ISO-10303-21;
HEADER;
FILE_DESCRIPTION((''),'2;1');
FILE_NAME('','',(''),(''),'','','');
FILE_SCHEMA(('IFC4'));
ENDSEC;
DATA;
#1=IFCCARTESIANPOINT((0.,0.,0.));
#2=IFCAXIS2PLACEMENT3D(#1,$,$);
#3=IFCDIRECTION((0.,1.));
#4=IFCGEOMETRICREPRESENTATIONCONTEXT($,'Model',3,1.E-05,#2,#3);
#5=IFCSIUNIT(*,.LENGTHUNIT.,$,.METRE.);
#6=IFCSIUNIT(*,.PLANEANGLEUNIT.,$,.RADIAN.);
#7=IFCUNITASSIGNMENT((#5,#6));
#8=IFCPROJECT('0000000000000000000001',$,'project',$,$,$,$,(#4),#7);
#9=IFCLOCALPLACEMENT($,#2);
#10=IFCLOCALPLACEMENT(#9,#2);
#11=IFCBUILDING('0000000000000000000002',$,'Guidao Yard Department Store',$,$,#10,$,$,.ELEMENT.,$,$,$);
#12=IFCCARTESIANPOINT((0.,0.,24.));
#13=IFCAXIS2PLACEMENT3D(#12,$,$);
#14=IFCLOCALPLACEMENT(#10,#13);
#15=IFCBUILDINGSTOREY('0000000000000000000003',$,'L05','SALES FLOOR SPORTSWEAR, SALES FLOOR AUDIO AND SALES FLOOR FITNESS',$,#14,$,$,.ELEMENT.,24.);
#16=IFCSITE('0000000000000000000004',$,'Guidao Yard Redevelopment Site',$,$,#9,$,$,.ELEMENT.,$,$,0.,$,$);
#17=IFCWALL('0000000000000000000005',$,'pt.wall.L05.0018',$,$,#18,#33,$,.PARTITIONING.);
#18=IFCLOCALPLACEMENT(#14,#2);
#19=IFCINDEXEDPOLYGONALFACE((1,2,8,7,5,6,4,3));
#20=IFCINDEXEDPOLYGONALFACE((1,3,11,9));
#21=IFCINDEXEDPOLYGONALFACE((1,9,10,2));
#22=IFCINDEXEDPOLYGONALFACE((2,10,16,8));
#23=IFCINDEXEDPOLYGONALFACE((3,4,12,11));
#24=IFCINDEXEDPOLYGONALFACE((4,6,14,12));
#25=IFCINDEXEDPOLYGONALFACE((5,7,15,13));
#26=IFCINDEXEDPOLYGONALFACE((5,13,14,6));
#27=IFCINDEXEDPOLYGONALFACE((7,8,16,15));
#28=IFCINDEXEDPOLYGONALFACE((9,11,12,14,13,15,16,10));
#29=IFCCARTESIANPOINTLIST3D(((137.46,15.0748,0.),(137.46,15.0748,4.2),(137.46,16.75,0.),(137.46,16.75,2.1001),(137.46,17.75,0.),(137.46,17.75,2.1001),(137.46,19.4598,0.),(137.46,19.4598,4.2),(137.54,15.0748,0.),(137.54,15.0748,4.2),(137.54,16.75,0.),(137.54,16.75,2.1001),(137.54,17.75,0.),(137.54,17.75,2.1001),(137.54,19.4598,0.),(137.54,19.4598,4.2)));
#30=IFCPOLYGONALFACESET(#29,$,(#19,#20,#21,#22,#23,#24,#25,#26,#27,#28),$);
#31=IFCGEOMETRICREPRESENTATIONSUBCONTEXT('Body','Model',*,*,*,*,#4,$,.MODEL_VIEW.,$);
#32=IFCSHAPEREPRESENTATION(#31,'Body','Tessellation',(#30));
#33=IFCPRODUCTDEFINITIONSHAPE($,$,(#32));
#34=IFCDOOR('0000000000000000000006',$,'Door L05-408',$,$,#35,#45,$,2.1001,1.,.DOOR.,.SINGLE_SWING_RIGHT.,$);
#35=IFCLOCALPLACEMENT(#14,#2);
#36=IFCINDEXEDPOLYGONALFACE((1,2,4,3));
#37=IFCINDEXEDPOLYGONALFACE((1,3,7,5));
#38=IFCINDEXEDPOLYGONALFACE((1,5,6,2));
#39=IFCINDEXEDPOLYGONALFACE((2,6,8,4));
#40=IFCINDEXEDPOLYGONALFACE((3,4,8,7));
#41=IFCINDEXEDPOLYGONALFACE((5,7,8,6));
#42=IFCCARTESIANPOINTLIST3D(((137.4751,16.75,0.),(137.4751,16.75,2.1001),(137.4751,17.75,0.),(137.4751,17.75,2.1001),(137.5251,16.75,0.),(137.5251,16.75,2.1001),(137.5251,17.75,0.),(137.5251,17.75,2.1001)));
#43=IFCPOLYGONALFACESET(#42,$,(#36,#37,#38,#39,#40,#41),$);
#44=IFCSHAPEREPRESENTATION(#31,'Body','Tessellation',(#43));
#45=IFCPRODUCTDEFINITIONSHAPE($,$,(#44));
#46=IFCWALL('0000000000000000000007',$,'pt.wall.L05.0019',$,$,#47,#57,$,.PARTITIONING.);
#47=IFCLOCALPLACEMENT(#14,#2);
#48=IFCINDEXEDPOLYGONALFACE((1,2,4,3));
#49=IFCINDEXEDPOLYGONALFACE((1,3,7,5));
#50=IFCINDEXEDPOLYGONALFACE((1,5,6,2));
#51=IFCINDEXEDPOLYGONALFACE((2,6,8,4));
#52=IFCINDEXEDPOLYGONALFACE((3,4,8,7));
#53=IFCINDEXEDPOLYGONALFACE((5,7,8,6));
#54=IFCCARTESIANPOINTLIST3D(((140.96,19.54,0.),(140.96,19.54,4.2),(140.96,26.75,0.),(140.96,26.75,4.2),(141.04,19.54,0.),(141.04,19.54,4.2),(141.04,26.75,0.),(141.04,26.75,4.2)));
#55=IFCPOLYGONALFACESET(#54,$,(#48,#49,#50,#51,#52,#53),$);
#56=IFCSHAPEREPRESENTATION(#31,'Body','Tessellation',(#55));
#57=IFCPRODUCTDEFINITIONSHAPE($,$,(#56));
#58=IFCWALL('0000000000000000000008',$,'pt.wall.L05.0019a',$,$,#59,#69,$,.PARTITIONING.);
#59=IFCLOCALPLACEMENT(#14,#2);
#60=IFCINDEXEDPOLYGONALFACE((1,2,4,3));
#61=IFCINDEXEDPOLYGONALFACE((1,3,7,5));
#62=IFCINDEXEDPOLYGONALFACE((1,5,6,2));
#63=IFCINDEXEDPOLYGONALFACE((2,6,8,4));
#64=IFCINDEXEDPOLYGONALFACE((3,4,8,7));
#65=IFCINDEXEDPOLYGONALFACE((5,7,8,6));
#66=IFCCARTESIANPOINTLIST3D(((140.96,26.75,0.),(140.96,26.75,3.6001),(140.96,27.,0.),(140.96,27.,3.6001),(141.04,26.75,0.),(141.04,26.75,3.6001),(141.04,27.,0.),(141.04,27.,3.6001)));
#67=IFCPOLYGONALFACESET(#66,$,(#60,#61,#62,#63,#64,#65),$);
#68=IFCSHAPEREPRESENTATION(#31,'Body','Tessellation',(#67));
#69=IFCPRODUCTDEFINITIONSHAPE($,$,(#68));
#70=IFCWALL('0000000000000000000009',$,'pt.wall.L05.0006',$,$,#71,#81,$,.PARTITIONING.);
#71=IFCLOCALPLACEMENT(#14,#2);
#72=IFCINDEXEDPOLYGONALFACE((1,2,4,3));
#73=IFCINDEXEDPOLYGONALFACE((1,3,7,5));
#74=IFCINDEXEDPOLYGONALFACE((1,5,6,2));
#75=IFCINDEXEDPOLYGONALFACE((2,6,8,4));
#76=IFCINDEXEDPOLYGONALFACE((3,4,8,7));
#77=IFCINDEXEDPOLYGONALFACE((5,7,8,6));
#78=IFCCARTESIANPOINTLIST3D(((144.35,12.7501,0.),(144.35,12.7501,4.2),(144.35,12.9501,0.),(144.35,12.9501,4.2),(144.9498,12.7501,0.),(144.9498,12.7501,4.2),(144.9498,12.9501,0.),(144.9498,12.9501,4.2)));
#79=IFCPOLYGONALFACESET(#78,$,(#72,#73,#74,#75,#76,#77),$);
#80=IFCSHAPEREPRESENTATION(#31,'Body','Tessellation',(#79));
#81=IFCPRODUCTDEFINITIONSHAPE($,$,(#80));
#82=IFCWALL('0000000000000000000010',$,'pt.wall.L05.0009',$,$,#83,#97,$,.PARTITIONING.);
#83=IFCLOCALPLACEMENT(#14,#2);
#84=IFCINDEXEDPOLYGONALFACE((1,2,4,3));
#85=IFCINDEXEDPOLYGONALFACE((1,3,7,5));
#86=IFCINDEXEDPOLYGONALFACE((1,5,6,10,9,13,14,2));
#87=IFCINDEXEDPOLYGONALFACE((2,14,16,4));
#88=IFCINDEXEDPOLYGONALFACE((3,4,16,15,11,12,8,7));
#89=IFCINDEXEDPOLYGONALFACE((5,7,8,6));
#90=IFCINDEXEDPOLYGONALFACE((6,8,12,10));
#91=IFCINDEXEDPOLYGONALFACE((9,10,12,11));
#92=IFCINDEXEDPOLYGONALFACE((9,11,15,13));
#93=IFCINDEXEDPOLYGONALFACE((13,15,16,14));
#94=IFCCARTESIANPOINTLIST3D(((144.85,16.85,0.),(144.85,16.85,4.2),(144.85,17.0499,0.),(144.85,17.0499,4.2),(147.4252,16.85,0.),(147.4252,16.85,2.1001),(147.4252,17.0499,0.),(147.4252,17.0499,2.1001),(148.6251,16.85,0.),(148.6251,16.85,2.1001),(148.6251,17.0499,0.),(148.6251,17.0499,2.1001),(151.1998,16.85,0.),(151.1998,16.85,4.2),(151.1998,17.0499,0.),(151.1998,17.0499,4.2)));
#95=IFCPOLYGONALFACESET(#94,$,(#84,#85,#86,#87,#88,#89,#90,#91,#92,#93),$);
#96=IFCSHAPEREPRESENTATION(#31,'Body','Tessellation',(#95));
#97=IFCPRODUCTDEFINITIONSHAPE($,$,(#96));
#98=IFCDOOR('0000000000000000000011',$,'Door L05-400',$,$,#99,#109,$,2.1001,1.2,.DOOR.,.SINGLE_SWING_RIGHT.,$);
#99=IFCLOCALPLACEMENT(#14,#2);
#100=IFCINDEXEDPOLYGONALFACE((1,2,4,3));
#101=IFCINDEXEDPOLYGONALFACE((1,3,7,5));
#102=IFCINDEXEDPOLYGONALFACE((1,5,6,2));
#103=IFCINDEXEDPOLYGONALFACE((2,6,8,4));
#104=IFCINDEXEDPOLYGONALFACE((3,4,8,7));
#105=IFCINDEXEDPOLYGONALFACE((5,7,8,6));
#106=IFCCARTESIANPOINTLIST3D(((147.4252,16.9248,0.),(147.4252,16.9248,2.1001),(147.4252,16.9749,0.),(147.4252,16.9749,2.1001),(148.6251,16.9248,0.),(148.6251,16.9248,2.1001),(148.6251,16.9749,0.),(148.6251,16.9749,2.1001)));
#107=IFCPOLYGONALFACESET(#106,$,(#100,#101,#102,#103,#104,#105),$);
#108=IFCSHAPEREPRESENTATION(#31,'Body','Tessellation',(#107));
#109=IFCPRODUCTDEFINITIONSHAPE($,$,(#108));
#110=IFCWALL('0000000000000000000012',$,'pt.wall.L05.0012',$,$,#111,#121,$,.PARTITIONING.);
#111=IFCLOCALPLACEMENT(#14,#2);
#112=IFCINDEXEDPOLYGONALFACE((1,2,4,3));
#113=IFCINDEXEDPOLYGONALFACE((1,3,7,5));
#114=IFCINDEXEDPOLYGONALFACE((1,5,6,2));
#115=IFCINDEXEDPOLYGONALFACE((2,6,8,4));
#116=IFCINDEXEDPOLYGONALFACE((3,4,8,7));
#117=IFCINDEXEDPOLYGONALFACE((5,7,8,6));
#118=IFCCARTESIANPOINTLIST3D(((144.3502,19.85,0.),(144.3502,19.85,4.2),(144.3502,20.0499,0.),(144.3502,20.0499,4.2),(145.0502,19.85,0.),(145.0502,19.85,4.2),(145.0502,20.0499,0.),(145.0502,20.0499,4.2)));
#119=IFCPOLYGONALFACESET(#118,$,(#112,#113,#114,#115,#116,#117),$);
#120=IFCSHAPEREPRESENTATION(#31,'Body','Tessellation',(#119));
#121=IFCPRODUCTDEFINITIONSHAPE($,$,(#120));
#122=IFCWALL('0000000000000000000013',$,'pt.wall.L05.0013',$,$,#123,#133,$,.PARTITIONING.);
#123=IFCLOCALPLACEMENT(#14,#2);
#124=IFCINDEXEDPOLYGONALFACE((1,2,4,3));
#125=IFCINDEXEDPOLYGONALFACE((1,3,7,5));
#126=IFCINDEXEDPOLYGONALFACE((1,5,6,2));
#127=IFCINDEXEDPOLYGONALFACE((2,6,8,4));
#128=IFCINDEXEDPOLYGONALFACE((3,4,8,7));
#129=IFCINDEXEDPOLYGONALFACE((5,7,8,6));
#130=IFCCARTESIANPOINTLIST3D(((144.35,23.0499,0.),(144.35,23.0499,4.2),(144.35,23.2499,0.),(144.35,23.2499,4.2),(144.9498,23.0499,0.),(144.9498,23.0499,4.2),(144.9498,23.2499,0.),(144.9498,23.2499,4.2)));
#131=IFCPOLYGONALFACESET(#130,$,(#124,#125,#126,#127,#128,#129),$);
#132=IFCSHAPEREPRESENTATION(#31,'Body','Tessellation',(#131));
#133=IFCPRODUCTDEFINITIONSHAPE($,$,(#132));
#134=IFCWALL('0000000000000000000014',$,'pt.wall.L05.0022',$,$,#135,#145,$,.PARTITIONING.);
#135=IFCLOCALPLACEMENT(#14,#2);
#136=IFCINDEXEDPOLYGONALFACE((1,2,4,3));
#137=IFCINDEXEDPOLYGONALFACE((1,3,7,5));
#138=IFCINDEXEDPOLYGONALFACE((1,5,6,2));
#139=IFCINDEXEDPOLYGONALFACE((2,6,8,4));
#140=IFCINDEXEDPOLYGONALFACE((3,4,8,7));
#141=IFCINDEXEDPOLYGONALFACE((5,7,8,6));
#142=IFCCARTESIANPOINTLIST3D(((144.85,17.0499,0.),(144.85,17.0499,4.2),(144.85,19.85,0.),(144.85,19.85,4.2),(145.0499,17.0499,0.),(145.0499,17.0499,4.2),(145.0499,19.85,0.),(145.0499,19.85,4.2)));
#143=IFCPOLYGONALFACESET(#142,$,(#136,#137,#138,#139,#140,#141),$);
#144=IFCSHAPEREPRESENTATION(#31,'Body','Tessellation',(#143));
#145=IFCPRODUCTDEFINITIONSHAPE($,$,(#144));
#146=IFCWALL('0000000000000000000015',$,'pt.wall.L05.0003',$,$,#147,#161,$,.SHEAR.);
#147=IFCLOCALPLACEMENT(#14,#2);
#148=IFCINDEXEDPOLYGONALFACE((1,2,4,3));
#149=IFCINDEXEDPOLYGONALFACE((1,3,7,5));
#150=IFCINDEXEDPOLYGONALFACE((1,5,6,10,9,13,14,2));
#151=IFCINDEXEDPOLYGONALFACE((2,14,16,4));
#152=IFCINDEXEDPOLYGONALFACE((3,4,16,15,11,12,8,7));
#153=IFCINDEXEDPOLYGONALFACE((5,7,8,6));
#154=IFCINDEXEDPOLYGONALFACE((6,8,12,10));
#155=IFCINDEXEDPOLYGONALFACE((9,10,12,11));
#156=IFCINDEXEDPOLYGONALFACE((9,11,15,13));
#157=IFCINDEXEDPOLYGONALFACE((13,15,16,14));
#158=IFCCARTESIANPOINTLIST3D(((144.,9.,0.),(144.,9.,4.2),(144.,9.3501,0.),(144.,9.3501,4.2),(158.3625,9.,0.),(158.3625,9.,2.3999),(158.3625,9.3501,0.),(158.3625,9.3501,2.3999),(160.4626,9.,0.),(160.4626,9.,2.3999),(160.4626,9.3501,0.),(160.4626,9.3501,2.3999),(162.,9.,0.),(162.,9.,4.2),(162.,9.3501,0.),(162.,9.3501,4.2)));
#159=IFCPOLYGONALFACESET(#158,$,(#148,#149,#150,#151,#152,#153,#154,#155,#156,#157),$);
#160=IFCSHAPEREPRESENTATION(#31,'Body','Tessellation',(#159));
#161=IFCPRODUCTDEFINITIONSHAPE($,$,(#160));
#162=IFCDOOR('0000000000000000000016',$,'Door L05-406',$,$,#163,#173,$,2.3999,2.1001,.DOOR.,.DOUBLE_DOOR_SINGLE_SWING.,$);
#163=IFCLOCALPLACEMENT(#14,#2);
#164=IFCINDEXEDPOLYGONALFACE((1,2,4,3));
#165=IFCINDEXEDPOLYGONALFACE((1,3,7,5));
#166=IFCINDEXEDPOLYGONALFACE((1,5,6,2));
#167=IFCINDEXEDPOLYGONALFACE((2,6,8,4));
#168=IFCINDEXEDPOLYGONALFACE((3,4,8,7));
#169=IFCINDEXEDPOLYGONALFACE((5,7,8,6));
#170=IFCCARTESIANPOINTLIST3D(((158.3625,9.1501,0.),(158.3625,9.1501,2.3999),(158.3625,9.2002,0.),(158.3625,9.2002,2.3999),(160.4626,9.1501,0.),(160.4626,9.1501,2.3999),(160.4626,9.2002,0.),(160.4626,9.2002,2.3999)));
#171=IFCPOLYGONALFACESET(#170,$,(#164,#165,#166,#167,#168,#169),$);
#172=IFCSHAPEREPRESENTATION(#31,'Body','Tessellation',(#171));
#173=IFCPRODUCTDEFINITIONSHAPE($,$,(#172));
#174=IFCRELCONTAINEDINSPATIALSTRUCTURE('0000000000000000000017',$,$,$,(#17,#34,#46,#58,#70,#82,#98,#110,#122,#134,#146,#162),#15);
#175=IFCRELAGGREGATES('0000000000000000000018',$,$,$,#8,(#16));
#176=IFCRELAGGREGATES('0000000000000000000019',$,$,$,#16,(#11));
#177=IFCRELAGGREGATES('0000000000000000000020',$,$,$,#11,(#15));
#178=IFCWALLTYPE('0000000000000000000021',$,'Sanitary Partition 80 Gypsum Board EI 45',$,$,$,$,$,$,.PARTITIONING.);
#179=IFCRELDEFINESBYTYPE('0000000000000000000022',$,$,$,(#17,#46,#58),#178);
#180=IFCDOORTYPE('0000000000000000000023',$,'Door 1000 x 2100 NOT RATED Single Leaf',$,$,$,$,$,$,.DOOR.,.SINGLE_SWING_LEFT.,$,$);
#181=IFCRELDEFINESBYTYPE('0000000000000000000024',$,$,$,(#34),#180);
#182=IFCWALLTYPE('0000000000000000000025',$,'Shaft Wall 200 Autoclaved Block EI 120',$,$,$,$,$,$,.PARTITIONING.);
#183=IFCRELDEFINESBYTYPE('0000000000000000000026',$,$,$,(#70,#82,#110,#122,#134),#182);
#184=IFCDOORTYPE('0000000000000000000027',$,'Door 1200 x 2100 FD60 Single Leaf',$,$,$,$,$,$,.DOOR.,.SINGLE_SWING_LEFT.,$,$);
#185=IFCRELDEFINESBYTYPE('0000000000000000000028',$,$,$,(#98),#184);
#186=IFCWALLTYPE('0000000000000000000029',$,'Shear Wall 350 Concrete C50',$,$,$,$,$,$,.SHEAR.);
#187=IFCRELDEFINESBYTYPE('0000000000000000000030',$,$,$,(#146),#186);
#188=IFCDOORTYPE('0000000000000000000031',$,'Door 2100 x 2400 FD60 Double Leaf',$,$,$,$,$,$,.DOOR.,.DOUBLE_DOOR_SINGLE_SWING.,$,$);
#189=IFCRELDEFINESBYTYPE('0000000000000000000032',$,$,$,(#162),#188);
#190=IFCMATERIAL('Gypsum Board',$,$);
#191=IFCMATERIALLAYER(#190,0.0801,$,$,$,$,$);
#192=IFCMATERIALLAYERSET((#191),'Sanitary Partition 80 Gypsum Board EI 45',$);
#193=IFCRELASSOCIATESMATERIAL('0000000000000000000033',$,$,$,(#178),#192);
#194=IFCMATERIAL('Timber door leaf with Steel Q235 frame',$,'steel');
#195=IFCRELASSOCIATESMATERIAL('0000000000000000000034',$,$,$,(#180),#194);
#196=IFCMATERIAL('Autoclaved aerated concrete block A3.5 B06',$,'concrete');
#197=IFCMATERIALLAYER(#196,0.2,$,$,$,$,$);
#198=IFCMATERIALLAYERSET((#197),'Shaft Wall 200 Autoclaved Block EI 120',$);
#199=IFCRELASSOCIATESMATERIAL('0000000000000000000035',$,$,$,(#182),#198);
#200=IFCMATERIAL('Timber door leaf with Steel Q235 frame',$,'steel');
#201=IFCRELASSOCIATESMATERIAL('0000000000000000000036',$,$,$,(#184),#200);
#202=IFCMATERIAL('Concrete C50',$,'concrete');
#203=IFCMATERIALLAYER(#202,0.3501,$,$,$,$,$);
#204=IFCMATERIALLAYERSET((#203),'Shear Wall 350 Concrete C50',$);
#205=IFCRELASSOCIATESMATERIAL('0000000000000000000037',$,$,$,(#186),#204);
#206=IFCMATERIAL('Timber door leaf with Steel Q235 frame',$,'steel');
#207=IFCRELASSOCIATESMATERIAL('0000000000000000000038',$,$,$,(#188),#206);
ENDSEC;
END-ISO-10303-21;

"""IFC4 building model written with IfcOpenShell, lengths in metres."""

from ifc_helpers import new_model, si_unit, direction, frame, frame_2d, origin, place, context, subcontext, project, spatial, rectangle, extrude, material, layer, layer_set, type_object, element, fill, save


model = new_model("IFC4")

# Units and contexts
model_context = context("Model", 3, precision=1e-05, world=origin(), true_north=direction((0.0, 1.0)))
body_context = subcontext(model_context, "Body", "Model", "MODEL_VIEW")
ifc_project = project(units=[si_unit("LENGTHUNIT", "METRE"), si_unit("PLANEANGLEUNIT", "RADIAN")], contexts=[model_context])

# Site, building, storey
site_placement = place(None, origin())
site = spatial("IfcSite", under=ifc_project, at=site_placement, Name="Guidao Yard Redevelopment Site", CompositionType="ELEMENT", RefElevation=0.0)
building_placement = place(site_placement, origin())
building = spatial("IfcBuilding", under=site, at=building_placement, Name="Guidao Yard Department Store", CompositionType="ELEMENT")
storey_placement = place(building_placement, frame((0.0, 0.0, 24.0)))
storey = spatial("IfcBuildingStorey", under=building, at=storey_placement, Name="L05", Description="SALES FLOOR SPORTSWEAR, SALES FLOOR AUDIO AND SALES FLOOR FITNESS", CompositionType="ELEMENT", Elevation=24.0)

# Wall, opening, door
ifc_material_1 = material(Name="Gypsum Board")
ifc_layer_1 = layer(ifc_material_1, 0.0801)
ifc_layer_set_1 = layer_set([ifc_layer_1], Name="Sanitary Partition 80 Gypsum Board EI 45")
wall_type_1 = type_object("IfcWallType", Name="Sanitary Partition 80 Gypsum Board EI 45", PredefinedType="PARTITIONING", material=ifc_layer_set_1)
wall_1_placement = place(storey_placement, frame((137.5, 15.075, 0.0), z_axis=(0.0, 0.0, 1.0), x_axis=(0.0, 1.0, 0.0)))
wall_1 = element("IfcWall", 1, at=wall_1_placement, inside=storey, type_object=wall_type_1, Name="pt.wall.L05.0018", PredefinedType="PARTITIONING", context=body_context, shape_type="SweptSolid", body=[
    extrude(rectangle(XDim=4.385, YDim=0.0801, at=frame_2d((2.1924, 0.0))), origin(), (0.0, 0.0, 1.0), 4.2),
])
opening_1_placement = place(wall_1_placement, frame((1.675, 0.0, 0.0)))
opening_1 = element("IfcOpeningElement", 2, at=opening_1_placement, cuts=wall_1, PredefinedType="OPENING", context=body_context, shape_type="SweptSolid", body=[
    extrude(rectangle(XDim=1.0, YDim=2.1001, at=frame_2d((0.5, 1.05))), frame((0.0, 0.05, 0.0), z_axis=(0.0, -1.0, 0.0), x_axis=(1.0, 0.0, 0.0)), (0.0, 0.0, 1.0), 0.1001),
])
ifc_material_2 = material(Name="Timber door leaf with Steel Q235 frame", Category="steel")
door_type_1 = type_object("IfcDoorType", Name="Door 1000 x 2100 NOT RATED Single Leaf", OperationType="SINGLE_SWING_LEFT", PredefinedType="DOOR", material=ifc_material_2)
door_1_placement = place(opening_1_placement, origin())
door_1 = element("IfcDoor", 3, at=door_1_placement, inside=storey, type_object=door_type_1, Name="Door L05-408", OperationType="SINGLE_SWING_RIGHT", OverallHeight=2.1001, OverallWidth=1.0, PredefinedType="DOOR", context=body_context, shape_type="SweptSolid", body=[
    extrude(rectangle(XDim=1.0, YDim=2.1001, at=frame_2d((0.5, 1.05))), frame((0.0, 0.0249, 0.0), z_axis=(0.0, -1.0, 0.0), x_axis=(1.0, 0.0, 0.0)), (0.0, 0.0, 1.0), 0.05),
])
fill(opening_1, door_1)

# Walls
wall_2_placement = place(storey_placement, frame((141.0, 19.54, 0.0), z_axis=(0.0, 0.0, 1.0), x_axis=(0.0, 1.0, 0.0)))
element("IfcWall", 4, at=wall_2_placement, inside=storey, type_object=wall_type_1, Name="pt.wall.L05.0019", PredefinedType="PARTITIONING", context=body_context, shape_type="SweptSolid", body=[
    extrude(rectangle(XDim=7.21, YDim=0.0801, at=frame_2d((3.605, 0.0))), origin(), (0.0, 0.0, 1.0), 4.2),
])
wall_3_placement = place(storey_placement, frame((141.0, 26.75, 0.0), z_axis=(0.0, 0.0, 1.0), x_axis=(0.0, 1.0, 0.0)))
element("IfcWall", 5, at=wall_3_placement, inside=storey, type_object=wall_type_1, Name="pt.wall.L05.0019a", PredefinedType="PARTITIONING", context=body_context, shape_type="SweptSolid", body=[
    extrude(rectangle(XDim=0.25, YDim=0.0801, at=frame_2d((0.125, 0.0))), origin(), (0.0, 0.0, 1.0), 3.6001),
])
ifc_material_3 = material(Name="Autoclaved aerated concrete block A3.5 B06", Category="concrete")
ifc_layer_2 = layer(ifc_material_3, 0.2)
ifc_layer_set_2 = layer_set([ifc_layer_2], Name="Shaft Wall 200 Autoclaved Block EI 120")
wall_type_2 = type_object("IfcWallType", Name="Shaft Wall 200 Autoclaved Block EI 120", PredefinedType="PARTITIONING", material=ifc_layer_set_2)
wall_4_placement = place(storey_placement, frame((144.3501, 12.8501, 0.0), z_axis=(0.0, 0.0, 1.0), x_axis=(1.0, 0.0, 0.0)))
element("IfcWall", 6, at=wall_4_placement, inside=storey, type_object=wall_type_2, Name="pt.wall.L05.0006", PredefinedType="PARTITIONING", context=body_context, shape_type="SweptSolid", body=[
    extrude(rectangle(XDim=0.5999, YDim=0.2, at=frame_2d((0.2998, 0.0))), origin(), (0.0, 0.0, 1.0), 4.2),
])

# Wall, opening, door
wall_5_placement = place(storey_placement, frame((144.8501, 16.95, 0.0), z_axis=(0.0, 0.0, 1.0), x_axis=(1.0, 0.0, 0.0)))
wall_5 = element("IfcWall", 7, at=wall_5_placement, inside=storey, type_object=wall_type_2, Name="pt.wall.L05.0009", PredefinedType="PARTITIONING", context=body_context, shape_type="SweptSolid", body=[
    extrude(rectangle(XDim=6.3499, YDim=0.2, at=frame_2d((3.1748, 0.0))), origin(), (0.0, 0.0, 1.0), 4.2),
])
opening_2_placement = place(wall_5_placement, frame((2.575, 0.0, 0.0)))
opening_2 = element("IfcOpeningElement", 8, at=opening_2_placement, cuts=wall_5, PredefinedType="OPENING", context=body_context, shape_type="SweptSolid", body=[
    extrude(rectangle(XDim=1.2, YDim=2.1001, at=frame_2d((0.6001, 1.05))), frame((0.0, 0.1099, 0.0), z_axis=(0.0, -1.0, 0.0), x_axis=(1.0, 0.0, 0.0)), (0.0, 0.0, 1.0), 0.22),
])
ifc_material_4 = material(Name="Timber door leaf with Steel Q235 frame", Category="steel")
door_type_2 = type_object("IfcDoorType", Name="Door 1200 x 2100 FD60 Single Leaf", OperationType="SINGLE_SWING_LEFT", PredefinedType="DOOR", material=ifc_material_4)
door_2_placement = place(opening_2_placement, origin())
door_2 = element("IfcDoor", 9, at=door_2_placement, inside=storey, type_object=door_type_2, Name="Door L05-400", OperationType="SINGLE_SWING_RIGHT", OverallHeight=2.1001, OverallWidth=1.2, PredefinedType="DOOR", context=body_context, shape_type="SweptSolid", body=[
    extrude(rectangle(XDim=1.2, YDim=2.1001, at=frame_2d((0.6001, 1.05))), frame((0.0, 0.0249, 0.0), z_axis=(0.0, -1.0, 0.0), x_axis=(1.0, 0.0, 0.0)), (0.0, 0.0, 1.0), 0.05),
])
fill(opening_2, door_2)

# Walls
wall_6_placement = place(storey_placement, frame((144.3501, 19.95, 0.0), z_axis=(0.0, 0.0, 1.0), x_axis=(1.0, 0.0, 0.0)))
element("IfcWall", 10, at=wall_6_placement, inside=storey, type_object=wall_type_2, Name="pt.wall.L05.0012", PredefinedType="PARTITIONING", context=body_context, shape_type="SweptSolid", body=[
    extrude(rectangle(XDim=0.7, YDim=0.2, at=frame_2d((0.3501, 0.0))), origin(), (0.0, 0.0, 1.0), 4.2),
])
wall_7_placement = place(storey_placement, frame((144.3501, 23.1499, 0.0), z_axis=(0.0, 0.0, 1.0), x_axis=(1.0, 0.0, 0.0)))
element("IfcWall", 11, at=wall_7_placement, inside=storey, type_object=wall_type_2, Name="pt.wall.L05.0013", PredefinedType="PARTITIONING", context=body_context, shape_type="SweptSolid", body=[
    extrude(rectangle(XDim=0.5999, YDim=0.2, at=frame_2d((0.2998, 0.0))), origin(), (0.0, 0.0, 1.0), 4.2),
])
wall_8_placement = place(storey_placement, frame((144.95, 17.05, 0.0), z_axis=(0.0, 0.0, 1.0), x_axis=(0.0, 1.0, 0.0)))
element("IfcWall", 12, at=wall_8_placement, inside=storey, type_object=wall_type_2, Name="pt.wall.L05.0022", PredefinedType="PARTITIONING", context=body_context, shape_type="SweptSolid", body=[
    extrude(rectangle(XDim=2.8, YDim=0.2, at=frame_2d((1.3999, 0.0))), origin(), (0.0, 0.0, 1.0), 4.2),
])

# Wall, opening, door
ifc_material_5 = material(Name="Concrete C50", Category="concrete")
ifc_layer_3 = layer(ifc_material_5, 0.3501)
ifc_layer_set_3 = layer_set([ifc_layer_3], Name="Shear Wall 350 Concrete C50")
wall_type_3 = type_object("IfcWallType", Name="Shear Wall 350 Concrete C50", PredefinedType="SHEAR", material=ifc_layer_set_3)
wall_9_placement = place(storey_placement, frame((144.0, 9.175, 0.0), z_axis=(0.0, 0.0, 1.0), x_axis=(1.0, 0.0, 0.0)))
wall_9 = element("IfcWall", 13, at=wall_9_placement, inside=storey, type_object=wall_type_3, Name="pt.wall.L05.0003", PredefinedType="SHEAR", context=body_context, shape_type="SweptSolid", body=[
    extrude(rectangle(XDim=18.0, YDim=0.3501, at=frame_2d((9.0, 0.0))), origin(), (0.0, 0.0, 1.0), 4.2),
])
opening_3_placement = place(wall_9_placement, frame((16.4626, 0.0, 0.0), z_axis=(0.0, 0.0, 1.0), x_axis=(-1.0, 0.0, 0.0)))
opening_3 = element("IfcOpeningElement", 14, at=opening_3_placement, cuts=wall_9, PredefinedType="OPENING", context=body_context, shape_type="SweptSolid", body=[
    extrude(rectangle(XDim=2.1001, YDim=2.3999, at=frame_2d((1.05, 1.2))), frame((0.0, 0.1851, 0.0), z_axis=(0.0, -1.0, 0.0), x_axis=(1.0, 0.0, 0.0)), (0.0, 0.0, 1.0), 0.3701),
])
ifc_material_6 = material(Name="Timber door leaf with Steel Q235 frame", Category="steel")
door_type_3 = type_object("IfcDoorType", Name="Door 2100 x 2400 FD60 Double Leaf", OperationType="DOUBLE_DOOR_SINGLE_SWING", PredefinedType="DOOR", material=ifc_material_6)
door_3_placement = place(opening_3_placement, origin())
door_3 = element("IfcDoor", 15, at=door_3_placement, inside=storey, type_object=door_type_3, Name="Door L05-406", OperationType="DOUBLE_DOOR_SINGLE_SWING", OverallHeight=2.3999, OverallWidth=2.1001, PredefinedType="DOOR", context=body_context, shape_type="SweptSolid", body=[
    extrude(rectangle(XDim=2.1001, YDim=2.3999, at=frame_2d((1.05, 1.2))), frame((0.0, 0.0249, 0.0), z_axis=(0.0, -1.0, 0.0), x_axis=(1.0, 0.0, 0.0)), (0.0, 0.0, 1.0), 0.05),
])
fill(opening_3, door_3)

save(model, "model.ifc")
